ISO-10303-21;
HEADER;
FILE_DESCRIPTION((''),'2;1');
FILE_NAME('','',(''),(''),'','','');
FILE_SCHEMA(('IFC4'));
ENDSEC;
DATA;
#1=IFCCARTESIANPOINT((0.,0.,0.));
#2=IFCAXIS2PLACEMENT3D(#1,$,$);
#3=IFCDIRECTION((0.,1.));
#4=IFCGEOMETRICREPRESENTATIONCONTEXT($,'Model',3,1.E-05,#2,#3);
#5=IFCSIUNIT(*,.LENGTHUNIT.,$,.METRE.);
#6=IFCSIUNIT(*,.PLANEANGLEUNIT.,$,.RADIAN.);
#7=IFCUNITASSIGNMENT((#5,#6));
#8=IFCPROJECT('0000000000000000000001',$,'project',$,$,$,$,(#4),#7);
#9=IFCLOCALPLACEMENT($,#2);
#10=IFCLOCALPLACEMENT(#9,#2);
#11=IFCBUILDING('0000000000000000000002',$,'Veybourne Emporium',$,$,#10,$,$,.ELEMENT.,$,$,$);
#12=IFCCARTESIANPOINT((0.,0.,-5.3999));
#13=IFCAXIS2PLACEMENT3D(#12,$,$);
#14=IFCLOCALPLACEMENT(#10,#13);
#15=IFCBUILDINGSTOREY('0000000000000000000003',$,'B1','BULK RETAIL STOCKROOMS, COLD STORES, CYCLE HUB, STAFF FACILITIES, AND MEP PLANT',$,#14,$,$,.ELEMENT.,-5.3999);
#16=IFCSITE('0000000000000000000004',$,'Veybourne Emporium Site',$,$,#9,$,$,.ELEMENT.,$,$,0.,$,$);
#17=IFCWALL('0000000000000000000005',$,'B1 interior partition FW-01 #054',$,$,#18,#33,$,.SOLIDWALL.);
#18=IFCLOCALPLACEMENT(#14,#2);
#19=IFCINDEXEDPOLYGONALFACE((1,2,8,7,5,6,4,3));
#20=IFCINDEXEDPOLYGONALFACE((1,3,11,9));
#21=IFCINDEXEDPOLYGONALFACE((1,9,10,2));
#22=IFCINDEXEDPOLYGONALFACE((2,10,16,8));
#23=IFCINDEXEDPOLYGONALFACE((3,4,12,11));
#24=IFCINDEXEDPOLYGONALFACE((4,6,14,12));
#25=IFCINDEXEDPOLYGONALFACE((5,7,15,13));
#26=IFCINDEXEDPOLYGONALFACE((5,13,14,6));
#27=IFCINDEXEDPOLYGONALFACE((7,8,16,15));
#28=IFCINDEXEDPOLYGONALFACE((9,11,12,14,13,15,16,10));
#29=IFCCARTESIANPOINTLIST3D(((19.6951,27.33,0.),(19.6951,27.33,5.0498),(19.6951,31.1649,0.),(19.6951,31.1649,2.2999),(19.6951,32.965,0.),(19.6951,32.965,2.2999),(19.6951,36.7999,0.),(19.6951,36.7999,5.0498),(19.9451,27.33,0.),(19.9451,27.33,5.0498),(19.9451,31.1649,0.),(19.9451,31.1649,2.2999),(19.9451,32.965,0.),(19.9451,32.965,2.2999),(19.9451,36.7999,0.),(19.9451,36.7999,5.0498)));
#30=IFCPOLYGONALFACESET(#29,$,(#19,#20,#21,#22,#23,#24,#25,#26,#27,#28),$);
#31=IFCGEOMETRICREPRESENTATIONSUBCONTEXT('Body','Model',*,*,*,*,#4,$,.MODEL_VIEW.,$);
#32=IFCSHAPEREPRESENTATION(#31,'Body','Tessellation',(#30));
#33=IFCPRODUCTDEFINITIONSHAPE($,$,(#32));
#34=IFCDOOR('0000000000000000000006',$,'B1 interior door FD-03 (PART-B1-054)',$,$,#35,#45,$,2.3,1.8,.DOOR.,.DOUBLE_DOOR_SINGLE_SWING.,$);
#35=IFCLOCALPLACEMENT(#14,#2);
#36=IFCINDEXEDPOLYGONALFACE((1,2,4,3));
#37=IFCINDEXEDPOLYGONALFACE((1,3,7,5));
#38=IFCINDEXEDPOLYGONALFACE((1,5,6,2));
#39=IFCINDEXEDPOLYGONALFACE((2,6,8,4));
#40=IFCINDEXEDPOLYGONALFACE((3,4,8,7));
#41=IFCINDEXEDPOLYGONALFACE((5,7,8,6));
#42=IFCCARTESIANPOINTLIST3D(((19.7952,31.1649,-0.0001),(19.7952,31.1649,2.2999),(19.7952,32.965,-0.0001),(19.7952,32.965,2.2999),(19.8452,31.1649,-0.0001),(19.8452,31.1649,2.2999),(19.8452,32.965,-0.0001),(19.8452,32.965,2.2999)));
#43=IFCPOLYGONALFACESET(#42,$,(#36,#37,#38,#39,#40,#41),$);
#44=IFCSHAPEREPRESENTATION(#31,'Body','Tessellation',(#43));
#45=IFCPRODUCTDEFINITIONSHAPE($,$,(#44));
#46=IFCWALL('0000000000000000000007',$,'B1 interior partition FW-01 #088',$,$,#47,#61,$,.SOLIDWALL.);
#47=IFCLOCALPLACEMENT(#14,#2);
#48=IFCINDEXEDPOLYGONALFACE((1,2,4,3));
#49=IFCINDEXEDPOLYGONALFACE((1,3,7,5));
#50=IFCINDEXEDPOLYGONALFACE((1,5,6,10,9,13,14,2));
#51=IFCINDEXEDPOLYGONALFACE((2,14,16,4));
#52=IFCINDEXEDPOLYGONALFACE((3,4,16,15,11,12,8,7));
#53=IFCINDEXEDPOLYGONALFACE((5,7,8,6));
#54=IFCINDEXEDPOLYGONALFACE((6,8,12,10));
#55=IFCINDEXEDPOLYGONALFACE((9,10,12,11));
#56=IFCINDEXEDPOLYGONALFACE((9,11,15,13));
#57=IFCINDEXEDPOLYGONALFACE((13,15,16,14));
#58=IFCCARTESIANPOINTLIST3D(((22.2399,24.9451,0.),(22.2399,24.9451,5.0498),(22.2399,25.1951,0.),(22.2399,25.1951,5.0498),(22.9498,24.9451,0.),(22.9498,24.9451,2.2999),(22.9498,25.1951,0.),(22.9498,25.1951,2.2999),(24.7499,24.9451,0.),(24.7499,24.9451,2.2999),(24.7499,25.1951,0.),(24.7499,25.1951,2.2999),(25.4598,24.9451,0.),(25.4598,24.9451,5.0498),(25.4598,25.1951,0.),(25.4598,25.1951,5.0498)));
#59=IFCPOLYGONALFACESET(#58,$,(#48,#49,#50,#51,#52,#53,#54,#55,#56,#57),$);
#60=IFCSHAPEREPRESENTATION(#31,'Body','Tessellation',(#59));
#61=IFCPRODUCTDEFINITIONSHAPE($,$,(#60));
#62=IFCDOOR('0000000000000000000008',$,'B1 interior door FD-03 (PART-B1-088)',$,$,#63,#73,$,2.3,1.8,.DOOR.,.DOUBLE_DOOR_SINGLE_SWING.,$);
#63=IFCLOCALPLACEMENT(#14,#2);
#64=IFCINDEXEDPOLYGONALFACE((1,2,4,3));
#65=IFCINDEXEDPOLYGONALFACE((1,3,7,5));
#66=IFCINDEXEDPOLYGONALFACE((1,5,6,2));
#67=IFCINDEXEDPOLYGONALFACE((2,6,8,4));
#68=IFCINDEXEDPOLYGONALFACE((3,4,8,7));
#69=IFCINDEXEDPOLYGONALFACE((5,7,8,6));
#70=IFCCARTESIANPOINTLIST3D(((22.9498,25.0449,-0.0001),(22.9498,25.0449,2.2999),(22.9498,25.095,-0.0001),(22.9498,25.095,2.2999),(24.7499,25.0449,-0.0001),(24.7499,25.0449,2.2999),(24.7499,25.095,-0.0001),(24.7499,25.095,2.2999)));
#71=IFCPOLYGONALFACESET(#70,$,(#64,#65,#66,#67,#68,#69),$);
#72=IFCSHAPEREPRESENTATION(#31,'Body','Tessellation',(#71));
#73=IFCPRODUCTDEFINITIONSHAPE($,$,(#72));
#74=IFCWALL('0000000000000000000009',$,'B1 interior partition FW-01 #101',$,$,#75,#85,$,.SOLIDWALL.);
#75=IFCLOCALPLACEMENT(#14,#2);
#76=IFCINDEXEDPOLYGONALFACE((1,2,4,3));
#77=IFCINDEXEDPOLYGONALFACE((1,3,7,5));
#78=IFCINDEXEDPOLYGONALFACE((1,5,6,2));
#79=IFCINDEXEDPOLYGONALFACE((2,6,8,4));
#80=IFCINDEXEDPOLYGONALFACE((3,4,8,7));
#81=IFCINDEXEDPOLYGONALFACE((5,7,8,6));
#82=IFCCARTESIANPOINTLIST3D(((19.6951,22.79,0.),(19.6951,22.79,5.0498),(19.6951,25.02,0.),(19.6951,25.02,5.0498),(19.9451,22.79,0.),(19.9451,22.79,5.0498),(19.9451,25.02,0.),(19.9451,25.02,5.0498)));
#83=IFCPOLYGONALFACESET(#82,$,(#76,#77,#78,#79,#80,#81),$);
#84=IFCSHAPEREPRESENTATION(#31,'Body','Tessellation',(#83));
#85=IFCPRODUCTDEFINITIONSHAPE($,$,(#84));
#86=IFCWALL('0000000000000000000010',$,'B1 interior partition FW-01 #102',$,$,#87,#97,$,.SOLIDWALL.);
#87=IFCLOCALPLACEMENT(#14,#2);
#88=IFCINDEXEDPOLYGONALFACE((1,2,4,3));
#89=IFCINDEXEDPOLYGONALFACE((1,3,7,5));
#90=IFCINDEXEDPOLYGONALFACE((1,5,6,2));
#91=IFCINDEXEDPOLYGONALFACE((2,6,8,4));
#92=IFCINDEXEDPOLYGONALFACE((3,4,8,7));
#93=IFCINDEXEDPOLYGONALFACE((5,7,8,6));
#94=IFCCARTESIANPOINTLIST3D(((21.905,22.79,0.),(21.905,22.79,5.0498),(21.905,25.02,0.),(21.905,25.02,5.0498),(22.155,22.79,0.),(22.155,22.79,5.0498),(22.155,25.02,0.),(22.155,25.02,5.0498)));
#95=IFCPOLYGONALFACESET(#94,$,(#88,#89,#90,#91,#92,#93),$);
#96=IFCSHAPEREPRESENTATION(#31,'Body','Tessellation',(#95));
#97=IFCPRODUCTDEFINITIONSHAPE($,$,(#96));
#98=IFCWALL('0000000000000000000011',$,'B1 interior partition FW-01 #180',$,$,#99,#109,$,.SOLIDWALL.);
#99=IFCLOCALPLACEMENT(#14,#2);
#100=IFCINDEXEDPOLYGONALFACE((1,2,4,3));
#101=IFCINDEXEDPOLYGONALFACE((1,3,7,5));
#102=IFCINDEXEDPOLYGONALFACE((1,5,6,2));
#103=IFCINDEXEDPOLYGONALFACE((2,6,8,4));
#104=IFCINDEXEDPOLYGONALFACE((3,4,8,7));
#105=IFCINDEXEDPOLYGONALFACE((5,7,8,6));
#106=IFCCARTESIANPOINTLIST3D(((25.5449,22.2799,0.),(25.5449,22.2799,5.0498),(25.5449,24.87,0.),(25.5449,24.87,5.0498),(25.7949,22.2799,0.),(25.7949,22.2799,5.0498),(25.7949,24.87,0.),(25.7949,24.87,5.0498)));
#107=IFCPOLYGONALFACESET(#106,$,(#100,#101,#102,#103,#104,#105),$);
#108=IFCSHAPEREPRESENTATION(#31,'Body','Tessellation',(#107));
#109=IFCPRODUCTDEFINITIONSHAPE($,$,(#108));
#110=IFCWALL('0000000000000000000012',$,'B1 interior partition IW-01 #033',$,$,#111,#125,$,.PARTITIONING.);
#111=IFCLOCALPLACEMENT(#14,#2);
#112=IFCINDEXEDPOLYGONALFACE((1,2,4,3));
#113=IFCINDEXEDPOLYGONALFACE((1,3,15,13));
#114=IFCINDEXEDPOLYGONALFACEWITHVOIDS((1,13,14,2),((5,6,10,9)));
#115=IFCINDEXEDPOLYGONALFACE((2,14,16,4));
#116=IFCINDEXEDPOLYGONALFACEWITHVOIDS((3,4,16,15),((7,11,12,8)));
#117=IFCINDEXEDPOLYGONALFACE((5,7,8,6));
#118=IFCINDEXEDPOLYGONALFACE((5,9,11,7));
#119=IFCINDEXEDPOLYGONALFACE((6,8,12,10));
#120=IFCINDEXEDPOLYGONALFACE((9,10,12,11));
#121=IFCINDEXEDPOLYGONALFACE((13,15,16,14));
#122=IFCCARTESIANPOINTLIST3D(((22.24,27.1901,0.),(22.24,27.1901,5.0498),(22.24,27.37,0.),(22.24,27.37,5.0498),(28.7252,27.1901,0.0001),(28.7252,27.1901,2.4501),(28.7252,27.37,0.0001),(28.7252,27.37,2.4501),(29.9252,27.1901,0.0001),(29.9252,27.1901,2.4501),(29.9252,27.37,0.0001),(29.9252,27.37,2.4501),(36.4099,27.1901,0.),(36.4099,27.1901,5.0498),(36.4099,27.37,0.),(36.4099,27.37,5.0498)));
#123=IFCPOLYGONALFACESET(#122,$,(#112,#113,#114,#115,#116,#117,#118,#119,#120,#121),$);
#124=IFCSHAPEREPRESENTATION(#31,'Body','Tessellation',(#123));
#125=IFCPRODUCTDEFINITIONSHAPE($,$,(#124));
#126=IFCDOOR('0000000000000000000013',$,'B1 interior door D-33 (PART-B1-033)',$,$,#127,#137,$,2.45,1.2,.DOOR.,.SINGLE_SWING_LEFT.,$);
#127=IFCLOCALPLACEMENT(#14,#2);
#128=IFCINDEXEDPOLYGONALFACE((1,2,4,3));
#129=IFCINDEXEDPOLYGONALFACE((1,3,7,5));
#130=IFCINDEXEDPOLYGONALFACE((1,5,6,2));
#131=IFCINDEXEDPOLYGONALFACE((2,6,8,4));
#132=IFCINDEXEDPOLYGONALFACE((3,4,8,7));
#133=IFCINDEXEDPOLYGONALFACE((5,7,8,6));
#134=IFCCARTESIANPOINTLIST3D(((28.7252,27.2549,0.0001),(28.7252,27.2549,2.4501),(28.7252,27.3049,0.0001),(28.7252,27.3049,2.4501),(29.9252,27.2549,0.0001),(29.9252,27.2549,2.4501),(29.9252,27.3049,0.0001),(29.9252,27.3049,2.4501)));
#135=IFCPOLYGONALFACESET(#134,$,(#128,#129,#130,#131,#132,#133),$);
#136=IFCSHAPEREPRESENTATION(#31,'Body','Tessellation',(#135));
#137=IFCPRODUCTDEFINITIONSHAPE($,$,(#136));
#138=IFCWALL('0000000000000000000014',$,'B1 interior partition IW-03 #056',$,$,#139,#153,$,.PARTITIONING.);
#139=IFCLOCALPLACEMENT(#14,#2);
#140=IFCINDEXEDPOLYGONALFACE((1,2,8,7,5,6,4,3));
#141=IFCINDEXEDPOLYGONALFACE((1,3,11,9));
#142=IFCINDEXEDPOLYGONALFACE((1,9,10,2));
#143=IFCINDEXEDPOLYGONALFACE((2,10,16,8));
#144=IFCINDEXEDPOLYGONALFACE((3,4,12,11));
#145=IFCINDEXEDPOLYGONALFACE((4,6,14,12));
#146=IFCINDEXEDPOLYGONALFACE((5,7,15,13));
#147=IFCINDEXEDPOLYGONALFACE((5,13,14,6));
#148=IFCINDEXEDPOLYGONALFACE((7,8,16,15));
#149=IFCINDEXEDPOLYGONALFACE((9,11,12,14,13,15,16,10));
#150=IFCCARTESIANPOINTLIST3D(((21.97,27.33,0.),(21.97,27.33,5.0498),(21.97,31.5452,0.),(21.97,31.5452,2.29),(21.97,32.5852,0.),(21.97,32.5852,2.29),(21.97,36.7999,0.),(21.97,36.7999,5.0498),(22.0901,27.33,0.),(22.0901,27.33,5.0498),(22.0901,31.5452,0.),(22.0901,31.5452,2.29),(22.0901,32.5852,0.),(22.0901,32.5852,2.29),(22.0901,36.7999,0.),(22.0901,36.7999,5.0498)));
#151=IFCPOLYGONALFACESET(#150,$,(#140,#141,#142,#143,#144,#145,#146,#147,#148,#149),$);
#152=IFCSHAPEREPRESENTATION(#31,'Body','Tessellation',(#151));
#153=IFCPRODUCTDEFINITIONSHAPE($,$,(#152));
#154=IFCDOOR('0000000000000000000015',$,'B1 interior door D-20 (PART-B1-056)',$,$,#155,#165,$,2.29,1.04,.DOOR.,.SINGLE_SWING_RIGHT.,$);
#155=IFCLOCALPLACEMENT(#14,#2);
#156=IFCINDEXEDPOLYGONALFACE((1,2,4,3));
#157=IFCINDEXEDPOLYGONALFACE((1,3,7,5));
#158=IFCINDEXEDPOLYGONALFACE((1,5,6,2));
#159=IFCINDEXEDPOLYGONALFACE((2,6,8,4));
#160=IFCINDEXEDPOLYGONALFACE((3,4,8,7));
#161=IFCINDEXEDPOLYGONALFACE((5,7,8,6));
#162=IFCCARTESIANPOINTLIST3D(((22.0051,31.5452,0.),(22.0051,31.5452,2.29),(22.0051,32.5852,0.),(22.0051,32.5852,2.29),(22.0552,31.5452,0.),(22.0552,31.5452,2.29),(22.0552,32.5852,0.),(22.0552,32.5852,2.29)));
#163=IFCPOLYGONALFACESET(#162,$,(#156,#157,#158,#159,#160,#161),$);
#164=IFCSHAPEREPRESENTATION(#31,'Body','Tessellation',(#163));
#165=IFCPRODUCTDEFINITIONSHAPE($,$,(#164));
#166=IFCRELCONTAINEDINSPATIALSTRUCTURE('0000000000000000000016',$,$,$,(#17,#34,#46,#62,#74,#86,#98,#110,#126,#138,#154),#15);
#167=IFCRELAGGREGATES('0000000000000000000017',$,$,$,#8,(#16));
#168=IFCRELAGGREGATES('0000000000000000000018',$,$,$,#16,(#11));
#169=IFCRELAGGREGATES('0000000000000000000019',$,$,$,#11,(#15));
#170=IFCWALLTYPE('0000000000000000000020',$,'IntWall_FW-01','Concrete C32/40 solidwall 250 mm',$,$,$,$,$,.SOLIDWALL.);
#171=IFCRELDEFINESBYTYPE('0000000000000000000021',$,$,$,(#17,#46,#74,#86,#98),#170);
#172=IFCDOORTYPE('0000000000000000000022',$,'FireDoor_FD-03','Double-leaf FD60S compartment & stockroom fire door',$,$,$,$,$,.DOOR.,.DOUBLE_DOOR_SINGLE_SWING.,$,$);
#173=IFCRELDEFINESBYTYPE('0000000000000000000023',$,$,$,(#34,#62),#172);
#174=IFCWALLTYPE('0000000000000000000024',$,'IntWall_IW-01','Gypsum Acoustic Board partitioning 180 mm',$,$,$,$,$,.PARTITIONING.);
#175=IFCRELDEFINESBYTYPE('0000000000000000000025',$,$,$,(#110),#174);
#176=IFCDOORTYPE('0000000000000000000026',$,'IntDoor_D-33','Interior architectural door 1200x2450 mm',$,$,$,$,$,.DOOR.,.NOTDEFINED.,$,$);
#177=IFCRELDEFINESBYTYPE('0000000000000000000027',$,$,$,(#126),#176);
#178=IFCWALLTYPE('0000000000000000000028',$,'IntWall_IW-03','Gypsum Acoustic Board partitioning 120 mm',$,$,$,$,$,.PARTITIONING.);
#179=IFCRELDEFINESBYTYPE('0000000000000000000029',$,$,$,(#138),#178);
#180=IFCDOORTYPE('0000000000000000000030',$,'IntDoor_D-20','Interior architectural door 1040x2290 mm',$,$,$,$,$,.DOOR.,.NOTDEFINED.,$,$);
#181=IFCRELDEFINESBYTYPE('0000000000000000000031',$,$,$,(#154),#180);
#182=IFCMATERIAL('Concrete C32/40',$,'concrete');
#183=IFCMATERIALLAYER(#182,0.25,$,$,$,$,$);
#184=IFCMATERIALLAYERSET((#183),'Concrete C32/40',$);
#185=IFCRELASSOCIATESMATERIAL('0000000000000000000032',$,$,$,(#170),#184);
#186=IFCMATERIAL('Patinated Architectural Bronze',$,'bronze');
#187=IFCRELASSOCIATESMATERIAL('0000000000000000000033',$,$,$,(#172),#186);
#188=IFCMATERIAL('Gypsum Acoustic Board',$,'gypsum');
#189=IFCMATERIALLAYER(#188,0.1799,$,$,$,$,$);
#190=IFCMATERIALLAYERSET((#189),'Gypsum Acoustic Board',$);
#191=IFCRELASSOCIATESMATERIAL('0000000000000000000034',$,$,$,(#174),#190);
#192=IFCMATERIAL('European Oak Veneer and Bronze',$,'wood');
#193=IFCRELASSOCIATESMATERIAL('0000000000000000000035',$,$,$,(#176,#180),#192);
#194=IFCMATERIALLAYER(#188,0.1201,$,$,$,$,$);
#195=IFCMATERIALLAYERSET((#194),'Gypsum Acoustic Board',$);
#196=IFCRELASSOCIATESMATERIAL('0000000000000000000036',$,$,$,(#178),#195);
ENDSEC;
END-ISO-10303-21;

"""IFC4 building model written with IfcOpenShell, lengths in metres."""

from ifc_helpers import new_model, si_unit, direction, frame, frame_2d, origin, place, context, subcontext, project, spatial, rectangle, extrude, material, layer, layer_set, type_object, element, fill, save


model = new_model("IFC4")

# Units and contexts
model_context = context("Model", 3, precision=1e-05, world=origin(), true_north=direction((0.0, 1.0)))
body_context = subcontext(model_context, "Body", "Model", "MODEL_VIEW")
ifc_project = project(units=[si_unit("LENGTHUNIT", "METRE"), si_unit("PLANEANGLEUNIT", "RADIAN")], contexts=[model_context])

# Site, building, storey
site_placement = place(None, origin())
site = spatial("IfcSite", under=ifc_project, at=site_placement, Name="Veybourne Emporium Site", CompositionType="ELEMENT", RefElevation=0.0)
building_placement = place(site_placement, origin())
building = spatial("IfcBuilding", under=site, at=building_placement, Name="Veybourne Emporium", CompositionType="ELEMENT")
storey_placement = place(building_placement, frame((0.0, 0.0, -5.3999)))
storey = spatial("IfcBuildingStorey", under=building, at=storey_placement, Name="B1", Description="BULK RETAIL STOCKROOMS, COLD STORES, CYCLE HUB, STAFF FACILITIES, AND MEP PLANT", CompositionType="ELEMENT", Elevation=-5.3999)

# Shared definitions
ifc_material_1 = material(Name="Concrete C32/40", Category="concrete")

# Walls, openings, doors
ifc_layer_1 = layer(ifc_material_1, 0.25)
ifc_layer_set_1 = layer_set([ifc_layer_1], Name="Concrete C32/40")
wall_type_1 = type_object("IfcWallType", Name="IntWall_FW-01", Description="Concrete C32/40 solidwall 250 mm", PredefinedType="SOLIDWALL", material=ifc_layer_set_1)
wall_1_placement = place(storey_placement, frame((19.8201, 27.3301, 0.0), z_axis=(0.0, 0.0, 1.0), x_axis=(0.0, 1.0, 0.0)))
wall_1 = element("IfcWall", 1, at=wall_1_placement, inside=storey, type_object=wall_type_1, Name="B1 interior partition FW-01 #054", PredefinedType="SOLIDWALL", context=body_context, shape_type="SweptSolid", body=[
    extrude(rectangle(XDim=9.47, YDim=0.25, at=frame_2d((4.7349, 0.0))), origin(), (0.0, 0.0, 1.0), 5.0498),
])
opening_1_placement = place(wall_1_placement, frame((3.835, 0.0, 0.0)))
opening_1 = element("IfcOpeningElement", 2, at=opening_1_placement, cuts=wall_1, PredefinedType="OPENING", context=body_context, shape_type="SweptSolid", body=[
    extrude(rectangle(XDim=1.8, YDim=2.3, at=frame_2d((0.8999, 1.1499))), frame((0.0, 0.145, 0.0), z_axis=(0.0, -1.0, 0.0), x_axis=(1.0, 0.0, 0.0)), (0.0, 0.0, 1.0), 0.29),
])
ifc_material_2 = material(Name="Patinated Architectural Bronze", Category="bronze")
door_type_1 = type_object("IfcDoorType", Name="FireDoor_FD-03", Description="Double-leaf FD60S compartment & stockroom fire door", OperationType="DOUBLE_DOOR_SINGLE_SWING", PredefinedType="DOOR", material=ifc_material_2)
door_1_placement = place(opening_1_placement, origin())
door_1 = element("IfcDoor", 3, at=door_1_placement, inside=storey, type_object=door_type_1, Name="B1 interior door FD-03 (PART-B1-054)", OperationType="DOUBLE_DOOR_SINGLE_SWING", OverallHeight=2.3, OverallWidth=1.8, PredefinedType="DOOR", context=body_context, shape_type="SweptSolid", body=[
    extrude(rectangle(XDim=1.8, YDim=2.3, at=frame_2d((0.8999, 1.1499))), frame((0.0, 0.0249, 0.0), z_axis=(0.0, -1.0, 0.0), x_axis=(1.0, 0.0, 0.0)), (0.0, 0.0, 1.0), 0.05),
])
fill(opening_1, door_1)
wall_2_placement = place(storey_placement, frame((22.24, 25.0701, 0.0), z_axis=(0.0, 0.0, 1.0), x_axis=(1.0, 0.0, 0.0)))
wall_2 = element("IfcWall", 4, at=wall_2_placement, inside=storey, type_object=wall_type_1, Name="B1 interior partition FW-01 #088", PredefinedType="SOLIDWALL", context=body_context, shape_type="SweptSolid", body=[
    extrude(rectangle(XDim=3.22, YDim=0.25, at=frame_2d((1.6099, 0.0))), origin(), (0.0, 0.0, 1.0), 5.0498),
])
opening_2_placement = place(wall_2_placement, frame((0.71, 0.0, 0.0)))
opening_2 = element("IfcOpeningElement", 5, at=opening_2_placement, cuts=wall_2, PredefinedType="OPENING", context=body_context, shape_type="SweptSolid", body=[
    extrude(rectangle(XDim=1.8, YDim=2.3, at=frame_2d((0.8999, 1.1499))), frame((0.0, 0.145, 0.0), z_axis=(0.0, -1.0, 0.0), x_axis=(1.0, 0.0, 0.0)), (0.0, 0.0, 1.0), 0.29),
])
door_2_placement = place(opening_2_placement, origin())
door_2 = element("IfcDoor", 6, at=door_2_placement, inside=storey, type_object=door_type_1, Name="B1 interior door FD-03 (PART-B1-088)", OperationType="DOUBLE_DOOR_SINGLE_SWING", OverallHeight=2.3, OverallWidth=1.8, PredefinedType="DOOR", context=body_context, shape_type="SweptSolid", body=[
    extrude(rectangle(XDim=1.8, YDim=2.3, at=frame_2d((0.8999, 1.1499))), frame((0.0, 0.0249, 0.0), z_axis=(0.0, -1.0, 0.0), x_axis=(1.0, 0.0, 0.0)), (0.0, 0.0, 1.0), 0.05),
])
fill(opening_2, door_2)

# Walls
for number, where, z_axis, x_axis, name in (
    (7, (19.8201, 22.79, 0.0), (0.0, 0.0, 1.0), (0.0, 1.0, 0.0), "B1 interior partition FW-01 #101"),
    (8, (22.03, 22.79, 0.0), (0.0, 0.0, 1.0), (0.0, 1.0, 0.0), "B1 interior partition FW-01 #102"),
):
    element("IfcWall", number, at=place(storey_placement, frame(where, z_axis=z_axis, x_axis=x_axis)), inside=storey, type_object=wall_type_1, Name=name, PredefinedType="SOLIDWALL", context=body_context, shape_type="SweptSolid", body=[
        extrude(rectangle(XDim=2.23, YDim=0.25, at=frame_2d((1.115, 0.0))), origin(), (0.0, 0.0, 1.0), 5.0498),
    ])
wall_3_placement = place(storey_placement, frame((25.6699, 22.28, 0.0), z_axis=(0.0, 0.0, 1.0), x_axis=(0.0, 1.0, 0.0)))
element("IfcWall", 9, at=wall_3_placement, inside=storey, type_object=wall_type_1, Name="B1 interior partition FW-01 #180", PredefinedType="SOLIDWALL", context=body_context, shape_type="SweptSolid", body=[
    extrude(rectangle(XDim=2.5901, YDim=0.25, at=frame_2d((1.2949, 0.0))), origin(), (0.0, 0.0, 1.0), 5.0498),
])

# Walls, openings, doors
ifc_material_3 = material(Name="Gypsum Acoustic Board", Category="gypsum")
ifc_layer_2 = layer(ifc_material_3, 0.1799)
ifc_layer_set_2 = layer_set([ifc_layer_2], Name="Gypsum Acoustic Board")
wall_type_2 = type_object("IfcWallType", Name="IntWall_IW-01", Description="Gypsum Acoustic Board partitioning 180 mm", PredefinedType="PARTITIONING", material=ifc_layer_set_2)
wall_4_placement = place(storey_placement, frame((22.24, 27.28, 0.0), z_axis=(0.0, 0.0, 1.0), x_axis=(1.0, 0.0, 0.0)))
wall_4 = element("IfcWall", 10, at=wall_4_placement, inside=storey, type_object=wall_type_2, Name="B1 interior partition IW-01 #033", PredefinedType="PARTITIONING", context=body_context, shape_type="SweptSolid", body=[
    extrude(rectangle(XDim=14.1699, YDim=0.1799, at=frame_2d((7.085, 0.0))), origin(), (0.0, 0.0, 1.0), 5.0498),
])
opening_3_placement = place(wall_4_placement, frame((6.4851, 0.0, 0.0)))
opening_3 = element("IfcOpeningElement", 11, at=opening_3_placement, cuts=wall_4, PredefinedType="OPENING", context=body_context, shape_type="SweptSolid", body=[
    extrude(rectangle(XDim=1.2, YDim=2.45, at=frame_2d((0.6001, 1.2251))), frame((0.0, 0.1099, 0.0), z_axis=(0.0, -1.0, 0.0), x_axis=(1.0, 0.0, 0.0)), (0.0, 0.0, 1.0), 0.22),
])
ifc_material_4 = material(Name="European Oak Veneer and Bronze", Category="wood")
door_type_2 = type_object("IfcDoorType", Name="IntDoor_D-33", Description="Interior architectural door 1200x2450 mm", OperationType="NOTDEFINED", PredefinedType="DOOR", material=ifc_material_4)
door_3_placement = place(opening_3_placement, origin())
door_3 = element("IfcDoor", 12, at=door_3_placement, inside=storey, type_object=door_type_2, Name="B1 interior door D-33 (PART-B1-033)", OperationType="SINGLE_SWING_LEFT", OverallHeight=2.45, OverallWidth=1.2, PredefinedType="DOOR", context=body_context, shape_type="SweptSolid", body=[
    extrude(rectangle(XDim=1.2, YDim=2.45, at=frame_2d((0.6001, 1.2251))), frame((0.0, 0.0249, 0.0), z_axis=(0.0, -1.0, 0.0), x_axis=(1.0, 0.0, 0.0)), (0.0, 0.0, 1.0), 0.05),
])
fill(opening_3, door_3)
ifc_layer_3 = layer(ifc_material_3, 0.1201)
ifc_layer_set_3 = layer_set([ifc_layer_3], Name="Gypsum Acoustic Board")
wall_type_3 = type_object("IfcWallType", Name="IntWall_IW-03", Description="Gypsum Acoustic Board partitioning 120 mm", PredefinedType="PARTITIONING", material=ifc_layer_set_3)
wall_5_placement = place(storey_placement, frame((22.03, 27.3301, 0.0), z_axis=(0.0, 0.0, 1.0), x_axis=(0.0, 1.0, 0.0)))
wall_5 = element("IfcWall", 13, at=wall_5_placement, inside=storey, type_object=wall_type_3, Name="B1 interior partition IW-03 #056", PredefinedType="PARTITIONING", context=body_context, shape_type="SweptSolid", body=[
    extrude(rectangle(XDim=9.47, YDim=0.1201, at=frame_2d((4.7349, 0.0))), origin(), (0.0, 0.0, 1.0), 5.0498),
])
opening_4_placement = place(wall_5_placement, frame((4.2151, 0.0, 0.0)))
opening_4 = element("IfcOpeningElement", 14, at=opening_4_placement, cuts=wall_5, PredefinedType="OPENING", context=body_context, shape_type="SweptSolid", body=[
    extrude(rectangle(XDim=1.04, YDim=2.29, at=frame_2d((0.52, 1.145))), frame((0.0, 0.0801, 0.0), z_axis=(0.0, -1.0, 0.0), x_axis=(1.0, 0.0, 0.0)), (0.0, 0.0, 1.0), 0.1602),
])
door_type_3 = type_object("IfcDoorType", Name="IntDoor_D-20", Description="Interior architectural door 1040x2290 mm", OperationType="NOTDEFINED", PredefinedType="DOOR", material=ifc_material_4)
door_4_placement = place(opening_4_placement, origin())
door_4 = element("IfcDoor", 15, at=door_4_placement, inside=storey, type_object=door_type_3, Name="B1 interior door D-20 (PART-B1-056)", OperationType="SINGLE_SWING_RIGHT", OverallHeight=2.29, OverallWidth=1.04, PredefinedType="DOOR", context=body_context, shape_type="SweptSolid", body=[
    extrude(rectangle(XDim=1.04, YDim=2.29, at=frame_2d((0.52, 1.145))), frame((0.0, 0.0249, 0.0), z_axis=(0.0, -1.0, 0.0), x_axis=(1.0, 0.0, 0.0)), (0.0, 0.0, 1.0), 0.05),
])
fill(opening_4, door_4)

save(model, "model.ifc")
